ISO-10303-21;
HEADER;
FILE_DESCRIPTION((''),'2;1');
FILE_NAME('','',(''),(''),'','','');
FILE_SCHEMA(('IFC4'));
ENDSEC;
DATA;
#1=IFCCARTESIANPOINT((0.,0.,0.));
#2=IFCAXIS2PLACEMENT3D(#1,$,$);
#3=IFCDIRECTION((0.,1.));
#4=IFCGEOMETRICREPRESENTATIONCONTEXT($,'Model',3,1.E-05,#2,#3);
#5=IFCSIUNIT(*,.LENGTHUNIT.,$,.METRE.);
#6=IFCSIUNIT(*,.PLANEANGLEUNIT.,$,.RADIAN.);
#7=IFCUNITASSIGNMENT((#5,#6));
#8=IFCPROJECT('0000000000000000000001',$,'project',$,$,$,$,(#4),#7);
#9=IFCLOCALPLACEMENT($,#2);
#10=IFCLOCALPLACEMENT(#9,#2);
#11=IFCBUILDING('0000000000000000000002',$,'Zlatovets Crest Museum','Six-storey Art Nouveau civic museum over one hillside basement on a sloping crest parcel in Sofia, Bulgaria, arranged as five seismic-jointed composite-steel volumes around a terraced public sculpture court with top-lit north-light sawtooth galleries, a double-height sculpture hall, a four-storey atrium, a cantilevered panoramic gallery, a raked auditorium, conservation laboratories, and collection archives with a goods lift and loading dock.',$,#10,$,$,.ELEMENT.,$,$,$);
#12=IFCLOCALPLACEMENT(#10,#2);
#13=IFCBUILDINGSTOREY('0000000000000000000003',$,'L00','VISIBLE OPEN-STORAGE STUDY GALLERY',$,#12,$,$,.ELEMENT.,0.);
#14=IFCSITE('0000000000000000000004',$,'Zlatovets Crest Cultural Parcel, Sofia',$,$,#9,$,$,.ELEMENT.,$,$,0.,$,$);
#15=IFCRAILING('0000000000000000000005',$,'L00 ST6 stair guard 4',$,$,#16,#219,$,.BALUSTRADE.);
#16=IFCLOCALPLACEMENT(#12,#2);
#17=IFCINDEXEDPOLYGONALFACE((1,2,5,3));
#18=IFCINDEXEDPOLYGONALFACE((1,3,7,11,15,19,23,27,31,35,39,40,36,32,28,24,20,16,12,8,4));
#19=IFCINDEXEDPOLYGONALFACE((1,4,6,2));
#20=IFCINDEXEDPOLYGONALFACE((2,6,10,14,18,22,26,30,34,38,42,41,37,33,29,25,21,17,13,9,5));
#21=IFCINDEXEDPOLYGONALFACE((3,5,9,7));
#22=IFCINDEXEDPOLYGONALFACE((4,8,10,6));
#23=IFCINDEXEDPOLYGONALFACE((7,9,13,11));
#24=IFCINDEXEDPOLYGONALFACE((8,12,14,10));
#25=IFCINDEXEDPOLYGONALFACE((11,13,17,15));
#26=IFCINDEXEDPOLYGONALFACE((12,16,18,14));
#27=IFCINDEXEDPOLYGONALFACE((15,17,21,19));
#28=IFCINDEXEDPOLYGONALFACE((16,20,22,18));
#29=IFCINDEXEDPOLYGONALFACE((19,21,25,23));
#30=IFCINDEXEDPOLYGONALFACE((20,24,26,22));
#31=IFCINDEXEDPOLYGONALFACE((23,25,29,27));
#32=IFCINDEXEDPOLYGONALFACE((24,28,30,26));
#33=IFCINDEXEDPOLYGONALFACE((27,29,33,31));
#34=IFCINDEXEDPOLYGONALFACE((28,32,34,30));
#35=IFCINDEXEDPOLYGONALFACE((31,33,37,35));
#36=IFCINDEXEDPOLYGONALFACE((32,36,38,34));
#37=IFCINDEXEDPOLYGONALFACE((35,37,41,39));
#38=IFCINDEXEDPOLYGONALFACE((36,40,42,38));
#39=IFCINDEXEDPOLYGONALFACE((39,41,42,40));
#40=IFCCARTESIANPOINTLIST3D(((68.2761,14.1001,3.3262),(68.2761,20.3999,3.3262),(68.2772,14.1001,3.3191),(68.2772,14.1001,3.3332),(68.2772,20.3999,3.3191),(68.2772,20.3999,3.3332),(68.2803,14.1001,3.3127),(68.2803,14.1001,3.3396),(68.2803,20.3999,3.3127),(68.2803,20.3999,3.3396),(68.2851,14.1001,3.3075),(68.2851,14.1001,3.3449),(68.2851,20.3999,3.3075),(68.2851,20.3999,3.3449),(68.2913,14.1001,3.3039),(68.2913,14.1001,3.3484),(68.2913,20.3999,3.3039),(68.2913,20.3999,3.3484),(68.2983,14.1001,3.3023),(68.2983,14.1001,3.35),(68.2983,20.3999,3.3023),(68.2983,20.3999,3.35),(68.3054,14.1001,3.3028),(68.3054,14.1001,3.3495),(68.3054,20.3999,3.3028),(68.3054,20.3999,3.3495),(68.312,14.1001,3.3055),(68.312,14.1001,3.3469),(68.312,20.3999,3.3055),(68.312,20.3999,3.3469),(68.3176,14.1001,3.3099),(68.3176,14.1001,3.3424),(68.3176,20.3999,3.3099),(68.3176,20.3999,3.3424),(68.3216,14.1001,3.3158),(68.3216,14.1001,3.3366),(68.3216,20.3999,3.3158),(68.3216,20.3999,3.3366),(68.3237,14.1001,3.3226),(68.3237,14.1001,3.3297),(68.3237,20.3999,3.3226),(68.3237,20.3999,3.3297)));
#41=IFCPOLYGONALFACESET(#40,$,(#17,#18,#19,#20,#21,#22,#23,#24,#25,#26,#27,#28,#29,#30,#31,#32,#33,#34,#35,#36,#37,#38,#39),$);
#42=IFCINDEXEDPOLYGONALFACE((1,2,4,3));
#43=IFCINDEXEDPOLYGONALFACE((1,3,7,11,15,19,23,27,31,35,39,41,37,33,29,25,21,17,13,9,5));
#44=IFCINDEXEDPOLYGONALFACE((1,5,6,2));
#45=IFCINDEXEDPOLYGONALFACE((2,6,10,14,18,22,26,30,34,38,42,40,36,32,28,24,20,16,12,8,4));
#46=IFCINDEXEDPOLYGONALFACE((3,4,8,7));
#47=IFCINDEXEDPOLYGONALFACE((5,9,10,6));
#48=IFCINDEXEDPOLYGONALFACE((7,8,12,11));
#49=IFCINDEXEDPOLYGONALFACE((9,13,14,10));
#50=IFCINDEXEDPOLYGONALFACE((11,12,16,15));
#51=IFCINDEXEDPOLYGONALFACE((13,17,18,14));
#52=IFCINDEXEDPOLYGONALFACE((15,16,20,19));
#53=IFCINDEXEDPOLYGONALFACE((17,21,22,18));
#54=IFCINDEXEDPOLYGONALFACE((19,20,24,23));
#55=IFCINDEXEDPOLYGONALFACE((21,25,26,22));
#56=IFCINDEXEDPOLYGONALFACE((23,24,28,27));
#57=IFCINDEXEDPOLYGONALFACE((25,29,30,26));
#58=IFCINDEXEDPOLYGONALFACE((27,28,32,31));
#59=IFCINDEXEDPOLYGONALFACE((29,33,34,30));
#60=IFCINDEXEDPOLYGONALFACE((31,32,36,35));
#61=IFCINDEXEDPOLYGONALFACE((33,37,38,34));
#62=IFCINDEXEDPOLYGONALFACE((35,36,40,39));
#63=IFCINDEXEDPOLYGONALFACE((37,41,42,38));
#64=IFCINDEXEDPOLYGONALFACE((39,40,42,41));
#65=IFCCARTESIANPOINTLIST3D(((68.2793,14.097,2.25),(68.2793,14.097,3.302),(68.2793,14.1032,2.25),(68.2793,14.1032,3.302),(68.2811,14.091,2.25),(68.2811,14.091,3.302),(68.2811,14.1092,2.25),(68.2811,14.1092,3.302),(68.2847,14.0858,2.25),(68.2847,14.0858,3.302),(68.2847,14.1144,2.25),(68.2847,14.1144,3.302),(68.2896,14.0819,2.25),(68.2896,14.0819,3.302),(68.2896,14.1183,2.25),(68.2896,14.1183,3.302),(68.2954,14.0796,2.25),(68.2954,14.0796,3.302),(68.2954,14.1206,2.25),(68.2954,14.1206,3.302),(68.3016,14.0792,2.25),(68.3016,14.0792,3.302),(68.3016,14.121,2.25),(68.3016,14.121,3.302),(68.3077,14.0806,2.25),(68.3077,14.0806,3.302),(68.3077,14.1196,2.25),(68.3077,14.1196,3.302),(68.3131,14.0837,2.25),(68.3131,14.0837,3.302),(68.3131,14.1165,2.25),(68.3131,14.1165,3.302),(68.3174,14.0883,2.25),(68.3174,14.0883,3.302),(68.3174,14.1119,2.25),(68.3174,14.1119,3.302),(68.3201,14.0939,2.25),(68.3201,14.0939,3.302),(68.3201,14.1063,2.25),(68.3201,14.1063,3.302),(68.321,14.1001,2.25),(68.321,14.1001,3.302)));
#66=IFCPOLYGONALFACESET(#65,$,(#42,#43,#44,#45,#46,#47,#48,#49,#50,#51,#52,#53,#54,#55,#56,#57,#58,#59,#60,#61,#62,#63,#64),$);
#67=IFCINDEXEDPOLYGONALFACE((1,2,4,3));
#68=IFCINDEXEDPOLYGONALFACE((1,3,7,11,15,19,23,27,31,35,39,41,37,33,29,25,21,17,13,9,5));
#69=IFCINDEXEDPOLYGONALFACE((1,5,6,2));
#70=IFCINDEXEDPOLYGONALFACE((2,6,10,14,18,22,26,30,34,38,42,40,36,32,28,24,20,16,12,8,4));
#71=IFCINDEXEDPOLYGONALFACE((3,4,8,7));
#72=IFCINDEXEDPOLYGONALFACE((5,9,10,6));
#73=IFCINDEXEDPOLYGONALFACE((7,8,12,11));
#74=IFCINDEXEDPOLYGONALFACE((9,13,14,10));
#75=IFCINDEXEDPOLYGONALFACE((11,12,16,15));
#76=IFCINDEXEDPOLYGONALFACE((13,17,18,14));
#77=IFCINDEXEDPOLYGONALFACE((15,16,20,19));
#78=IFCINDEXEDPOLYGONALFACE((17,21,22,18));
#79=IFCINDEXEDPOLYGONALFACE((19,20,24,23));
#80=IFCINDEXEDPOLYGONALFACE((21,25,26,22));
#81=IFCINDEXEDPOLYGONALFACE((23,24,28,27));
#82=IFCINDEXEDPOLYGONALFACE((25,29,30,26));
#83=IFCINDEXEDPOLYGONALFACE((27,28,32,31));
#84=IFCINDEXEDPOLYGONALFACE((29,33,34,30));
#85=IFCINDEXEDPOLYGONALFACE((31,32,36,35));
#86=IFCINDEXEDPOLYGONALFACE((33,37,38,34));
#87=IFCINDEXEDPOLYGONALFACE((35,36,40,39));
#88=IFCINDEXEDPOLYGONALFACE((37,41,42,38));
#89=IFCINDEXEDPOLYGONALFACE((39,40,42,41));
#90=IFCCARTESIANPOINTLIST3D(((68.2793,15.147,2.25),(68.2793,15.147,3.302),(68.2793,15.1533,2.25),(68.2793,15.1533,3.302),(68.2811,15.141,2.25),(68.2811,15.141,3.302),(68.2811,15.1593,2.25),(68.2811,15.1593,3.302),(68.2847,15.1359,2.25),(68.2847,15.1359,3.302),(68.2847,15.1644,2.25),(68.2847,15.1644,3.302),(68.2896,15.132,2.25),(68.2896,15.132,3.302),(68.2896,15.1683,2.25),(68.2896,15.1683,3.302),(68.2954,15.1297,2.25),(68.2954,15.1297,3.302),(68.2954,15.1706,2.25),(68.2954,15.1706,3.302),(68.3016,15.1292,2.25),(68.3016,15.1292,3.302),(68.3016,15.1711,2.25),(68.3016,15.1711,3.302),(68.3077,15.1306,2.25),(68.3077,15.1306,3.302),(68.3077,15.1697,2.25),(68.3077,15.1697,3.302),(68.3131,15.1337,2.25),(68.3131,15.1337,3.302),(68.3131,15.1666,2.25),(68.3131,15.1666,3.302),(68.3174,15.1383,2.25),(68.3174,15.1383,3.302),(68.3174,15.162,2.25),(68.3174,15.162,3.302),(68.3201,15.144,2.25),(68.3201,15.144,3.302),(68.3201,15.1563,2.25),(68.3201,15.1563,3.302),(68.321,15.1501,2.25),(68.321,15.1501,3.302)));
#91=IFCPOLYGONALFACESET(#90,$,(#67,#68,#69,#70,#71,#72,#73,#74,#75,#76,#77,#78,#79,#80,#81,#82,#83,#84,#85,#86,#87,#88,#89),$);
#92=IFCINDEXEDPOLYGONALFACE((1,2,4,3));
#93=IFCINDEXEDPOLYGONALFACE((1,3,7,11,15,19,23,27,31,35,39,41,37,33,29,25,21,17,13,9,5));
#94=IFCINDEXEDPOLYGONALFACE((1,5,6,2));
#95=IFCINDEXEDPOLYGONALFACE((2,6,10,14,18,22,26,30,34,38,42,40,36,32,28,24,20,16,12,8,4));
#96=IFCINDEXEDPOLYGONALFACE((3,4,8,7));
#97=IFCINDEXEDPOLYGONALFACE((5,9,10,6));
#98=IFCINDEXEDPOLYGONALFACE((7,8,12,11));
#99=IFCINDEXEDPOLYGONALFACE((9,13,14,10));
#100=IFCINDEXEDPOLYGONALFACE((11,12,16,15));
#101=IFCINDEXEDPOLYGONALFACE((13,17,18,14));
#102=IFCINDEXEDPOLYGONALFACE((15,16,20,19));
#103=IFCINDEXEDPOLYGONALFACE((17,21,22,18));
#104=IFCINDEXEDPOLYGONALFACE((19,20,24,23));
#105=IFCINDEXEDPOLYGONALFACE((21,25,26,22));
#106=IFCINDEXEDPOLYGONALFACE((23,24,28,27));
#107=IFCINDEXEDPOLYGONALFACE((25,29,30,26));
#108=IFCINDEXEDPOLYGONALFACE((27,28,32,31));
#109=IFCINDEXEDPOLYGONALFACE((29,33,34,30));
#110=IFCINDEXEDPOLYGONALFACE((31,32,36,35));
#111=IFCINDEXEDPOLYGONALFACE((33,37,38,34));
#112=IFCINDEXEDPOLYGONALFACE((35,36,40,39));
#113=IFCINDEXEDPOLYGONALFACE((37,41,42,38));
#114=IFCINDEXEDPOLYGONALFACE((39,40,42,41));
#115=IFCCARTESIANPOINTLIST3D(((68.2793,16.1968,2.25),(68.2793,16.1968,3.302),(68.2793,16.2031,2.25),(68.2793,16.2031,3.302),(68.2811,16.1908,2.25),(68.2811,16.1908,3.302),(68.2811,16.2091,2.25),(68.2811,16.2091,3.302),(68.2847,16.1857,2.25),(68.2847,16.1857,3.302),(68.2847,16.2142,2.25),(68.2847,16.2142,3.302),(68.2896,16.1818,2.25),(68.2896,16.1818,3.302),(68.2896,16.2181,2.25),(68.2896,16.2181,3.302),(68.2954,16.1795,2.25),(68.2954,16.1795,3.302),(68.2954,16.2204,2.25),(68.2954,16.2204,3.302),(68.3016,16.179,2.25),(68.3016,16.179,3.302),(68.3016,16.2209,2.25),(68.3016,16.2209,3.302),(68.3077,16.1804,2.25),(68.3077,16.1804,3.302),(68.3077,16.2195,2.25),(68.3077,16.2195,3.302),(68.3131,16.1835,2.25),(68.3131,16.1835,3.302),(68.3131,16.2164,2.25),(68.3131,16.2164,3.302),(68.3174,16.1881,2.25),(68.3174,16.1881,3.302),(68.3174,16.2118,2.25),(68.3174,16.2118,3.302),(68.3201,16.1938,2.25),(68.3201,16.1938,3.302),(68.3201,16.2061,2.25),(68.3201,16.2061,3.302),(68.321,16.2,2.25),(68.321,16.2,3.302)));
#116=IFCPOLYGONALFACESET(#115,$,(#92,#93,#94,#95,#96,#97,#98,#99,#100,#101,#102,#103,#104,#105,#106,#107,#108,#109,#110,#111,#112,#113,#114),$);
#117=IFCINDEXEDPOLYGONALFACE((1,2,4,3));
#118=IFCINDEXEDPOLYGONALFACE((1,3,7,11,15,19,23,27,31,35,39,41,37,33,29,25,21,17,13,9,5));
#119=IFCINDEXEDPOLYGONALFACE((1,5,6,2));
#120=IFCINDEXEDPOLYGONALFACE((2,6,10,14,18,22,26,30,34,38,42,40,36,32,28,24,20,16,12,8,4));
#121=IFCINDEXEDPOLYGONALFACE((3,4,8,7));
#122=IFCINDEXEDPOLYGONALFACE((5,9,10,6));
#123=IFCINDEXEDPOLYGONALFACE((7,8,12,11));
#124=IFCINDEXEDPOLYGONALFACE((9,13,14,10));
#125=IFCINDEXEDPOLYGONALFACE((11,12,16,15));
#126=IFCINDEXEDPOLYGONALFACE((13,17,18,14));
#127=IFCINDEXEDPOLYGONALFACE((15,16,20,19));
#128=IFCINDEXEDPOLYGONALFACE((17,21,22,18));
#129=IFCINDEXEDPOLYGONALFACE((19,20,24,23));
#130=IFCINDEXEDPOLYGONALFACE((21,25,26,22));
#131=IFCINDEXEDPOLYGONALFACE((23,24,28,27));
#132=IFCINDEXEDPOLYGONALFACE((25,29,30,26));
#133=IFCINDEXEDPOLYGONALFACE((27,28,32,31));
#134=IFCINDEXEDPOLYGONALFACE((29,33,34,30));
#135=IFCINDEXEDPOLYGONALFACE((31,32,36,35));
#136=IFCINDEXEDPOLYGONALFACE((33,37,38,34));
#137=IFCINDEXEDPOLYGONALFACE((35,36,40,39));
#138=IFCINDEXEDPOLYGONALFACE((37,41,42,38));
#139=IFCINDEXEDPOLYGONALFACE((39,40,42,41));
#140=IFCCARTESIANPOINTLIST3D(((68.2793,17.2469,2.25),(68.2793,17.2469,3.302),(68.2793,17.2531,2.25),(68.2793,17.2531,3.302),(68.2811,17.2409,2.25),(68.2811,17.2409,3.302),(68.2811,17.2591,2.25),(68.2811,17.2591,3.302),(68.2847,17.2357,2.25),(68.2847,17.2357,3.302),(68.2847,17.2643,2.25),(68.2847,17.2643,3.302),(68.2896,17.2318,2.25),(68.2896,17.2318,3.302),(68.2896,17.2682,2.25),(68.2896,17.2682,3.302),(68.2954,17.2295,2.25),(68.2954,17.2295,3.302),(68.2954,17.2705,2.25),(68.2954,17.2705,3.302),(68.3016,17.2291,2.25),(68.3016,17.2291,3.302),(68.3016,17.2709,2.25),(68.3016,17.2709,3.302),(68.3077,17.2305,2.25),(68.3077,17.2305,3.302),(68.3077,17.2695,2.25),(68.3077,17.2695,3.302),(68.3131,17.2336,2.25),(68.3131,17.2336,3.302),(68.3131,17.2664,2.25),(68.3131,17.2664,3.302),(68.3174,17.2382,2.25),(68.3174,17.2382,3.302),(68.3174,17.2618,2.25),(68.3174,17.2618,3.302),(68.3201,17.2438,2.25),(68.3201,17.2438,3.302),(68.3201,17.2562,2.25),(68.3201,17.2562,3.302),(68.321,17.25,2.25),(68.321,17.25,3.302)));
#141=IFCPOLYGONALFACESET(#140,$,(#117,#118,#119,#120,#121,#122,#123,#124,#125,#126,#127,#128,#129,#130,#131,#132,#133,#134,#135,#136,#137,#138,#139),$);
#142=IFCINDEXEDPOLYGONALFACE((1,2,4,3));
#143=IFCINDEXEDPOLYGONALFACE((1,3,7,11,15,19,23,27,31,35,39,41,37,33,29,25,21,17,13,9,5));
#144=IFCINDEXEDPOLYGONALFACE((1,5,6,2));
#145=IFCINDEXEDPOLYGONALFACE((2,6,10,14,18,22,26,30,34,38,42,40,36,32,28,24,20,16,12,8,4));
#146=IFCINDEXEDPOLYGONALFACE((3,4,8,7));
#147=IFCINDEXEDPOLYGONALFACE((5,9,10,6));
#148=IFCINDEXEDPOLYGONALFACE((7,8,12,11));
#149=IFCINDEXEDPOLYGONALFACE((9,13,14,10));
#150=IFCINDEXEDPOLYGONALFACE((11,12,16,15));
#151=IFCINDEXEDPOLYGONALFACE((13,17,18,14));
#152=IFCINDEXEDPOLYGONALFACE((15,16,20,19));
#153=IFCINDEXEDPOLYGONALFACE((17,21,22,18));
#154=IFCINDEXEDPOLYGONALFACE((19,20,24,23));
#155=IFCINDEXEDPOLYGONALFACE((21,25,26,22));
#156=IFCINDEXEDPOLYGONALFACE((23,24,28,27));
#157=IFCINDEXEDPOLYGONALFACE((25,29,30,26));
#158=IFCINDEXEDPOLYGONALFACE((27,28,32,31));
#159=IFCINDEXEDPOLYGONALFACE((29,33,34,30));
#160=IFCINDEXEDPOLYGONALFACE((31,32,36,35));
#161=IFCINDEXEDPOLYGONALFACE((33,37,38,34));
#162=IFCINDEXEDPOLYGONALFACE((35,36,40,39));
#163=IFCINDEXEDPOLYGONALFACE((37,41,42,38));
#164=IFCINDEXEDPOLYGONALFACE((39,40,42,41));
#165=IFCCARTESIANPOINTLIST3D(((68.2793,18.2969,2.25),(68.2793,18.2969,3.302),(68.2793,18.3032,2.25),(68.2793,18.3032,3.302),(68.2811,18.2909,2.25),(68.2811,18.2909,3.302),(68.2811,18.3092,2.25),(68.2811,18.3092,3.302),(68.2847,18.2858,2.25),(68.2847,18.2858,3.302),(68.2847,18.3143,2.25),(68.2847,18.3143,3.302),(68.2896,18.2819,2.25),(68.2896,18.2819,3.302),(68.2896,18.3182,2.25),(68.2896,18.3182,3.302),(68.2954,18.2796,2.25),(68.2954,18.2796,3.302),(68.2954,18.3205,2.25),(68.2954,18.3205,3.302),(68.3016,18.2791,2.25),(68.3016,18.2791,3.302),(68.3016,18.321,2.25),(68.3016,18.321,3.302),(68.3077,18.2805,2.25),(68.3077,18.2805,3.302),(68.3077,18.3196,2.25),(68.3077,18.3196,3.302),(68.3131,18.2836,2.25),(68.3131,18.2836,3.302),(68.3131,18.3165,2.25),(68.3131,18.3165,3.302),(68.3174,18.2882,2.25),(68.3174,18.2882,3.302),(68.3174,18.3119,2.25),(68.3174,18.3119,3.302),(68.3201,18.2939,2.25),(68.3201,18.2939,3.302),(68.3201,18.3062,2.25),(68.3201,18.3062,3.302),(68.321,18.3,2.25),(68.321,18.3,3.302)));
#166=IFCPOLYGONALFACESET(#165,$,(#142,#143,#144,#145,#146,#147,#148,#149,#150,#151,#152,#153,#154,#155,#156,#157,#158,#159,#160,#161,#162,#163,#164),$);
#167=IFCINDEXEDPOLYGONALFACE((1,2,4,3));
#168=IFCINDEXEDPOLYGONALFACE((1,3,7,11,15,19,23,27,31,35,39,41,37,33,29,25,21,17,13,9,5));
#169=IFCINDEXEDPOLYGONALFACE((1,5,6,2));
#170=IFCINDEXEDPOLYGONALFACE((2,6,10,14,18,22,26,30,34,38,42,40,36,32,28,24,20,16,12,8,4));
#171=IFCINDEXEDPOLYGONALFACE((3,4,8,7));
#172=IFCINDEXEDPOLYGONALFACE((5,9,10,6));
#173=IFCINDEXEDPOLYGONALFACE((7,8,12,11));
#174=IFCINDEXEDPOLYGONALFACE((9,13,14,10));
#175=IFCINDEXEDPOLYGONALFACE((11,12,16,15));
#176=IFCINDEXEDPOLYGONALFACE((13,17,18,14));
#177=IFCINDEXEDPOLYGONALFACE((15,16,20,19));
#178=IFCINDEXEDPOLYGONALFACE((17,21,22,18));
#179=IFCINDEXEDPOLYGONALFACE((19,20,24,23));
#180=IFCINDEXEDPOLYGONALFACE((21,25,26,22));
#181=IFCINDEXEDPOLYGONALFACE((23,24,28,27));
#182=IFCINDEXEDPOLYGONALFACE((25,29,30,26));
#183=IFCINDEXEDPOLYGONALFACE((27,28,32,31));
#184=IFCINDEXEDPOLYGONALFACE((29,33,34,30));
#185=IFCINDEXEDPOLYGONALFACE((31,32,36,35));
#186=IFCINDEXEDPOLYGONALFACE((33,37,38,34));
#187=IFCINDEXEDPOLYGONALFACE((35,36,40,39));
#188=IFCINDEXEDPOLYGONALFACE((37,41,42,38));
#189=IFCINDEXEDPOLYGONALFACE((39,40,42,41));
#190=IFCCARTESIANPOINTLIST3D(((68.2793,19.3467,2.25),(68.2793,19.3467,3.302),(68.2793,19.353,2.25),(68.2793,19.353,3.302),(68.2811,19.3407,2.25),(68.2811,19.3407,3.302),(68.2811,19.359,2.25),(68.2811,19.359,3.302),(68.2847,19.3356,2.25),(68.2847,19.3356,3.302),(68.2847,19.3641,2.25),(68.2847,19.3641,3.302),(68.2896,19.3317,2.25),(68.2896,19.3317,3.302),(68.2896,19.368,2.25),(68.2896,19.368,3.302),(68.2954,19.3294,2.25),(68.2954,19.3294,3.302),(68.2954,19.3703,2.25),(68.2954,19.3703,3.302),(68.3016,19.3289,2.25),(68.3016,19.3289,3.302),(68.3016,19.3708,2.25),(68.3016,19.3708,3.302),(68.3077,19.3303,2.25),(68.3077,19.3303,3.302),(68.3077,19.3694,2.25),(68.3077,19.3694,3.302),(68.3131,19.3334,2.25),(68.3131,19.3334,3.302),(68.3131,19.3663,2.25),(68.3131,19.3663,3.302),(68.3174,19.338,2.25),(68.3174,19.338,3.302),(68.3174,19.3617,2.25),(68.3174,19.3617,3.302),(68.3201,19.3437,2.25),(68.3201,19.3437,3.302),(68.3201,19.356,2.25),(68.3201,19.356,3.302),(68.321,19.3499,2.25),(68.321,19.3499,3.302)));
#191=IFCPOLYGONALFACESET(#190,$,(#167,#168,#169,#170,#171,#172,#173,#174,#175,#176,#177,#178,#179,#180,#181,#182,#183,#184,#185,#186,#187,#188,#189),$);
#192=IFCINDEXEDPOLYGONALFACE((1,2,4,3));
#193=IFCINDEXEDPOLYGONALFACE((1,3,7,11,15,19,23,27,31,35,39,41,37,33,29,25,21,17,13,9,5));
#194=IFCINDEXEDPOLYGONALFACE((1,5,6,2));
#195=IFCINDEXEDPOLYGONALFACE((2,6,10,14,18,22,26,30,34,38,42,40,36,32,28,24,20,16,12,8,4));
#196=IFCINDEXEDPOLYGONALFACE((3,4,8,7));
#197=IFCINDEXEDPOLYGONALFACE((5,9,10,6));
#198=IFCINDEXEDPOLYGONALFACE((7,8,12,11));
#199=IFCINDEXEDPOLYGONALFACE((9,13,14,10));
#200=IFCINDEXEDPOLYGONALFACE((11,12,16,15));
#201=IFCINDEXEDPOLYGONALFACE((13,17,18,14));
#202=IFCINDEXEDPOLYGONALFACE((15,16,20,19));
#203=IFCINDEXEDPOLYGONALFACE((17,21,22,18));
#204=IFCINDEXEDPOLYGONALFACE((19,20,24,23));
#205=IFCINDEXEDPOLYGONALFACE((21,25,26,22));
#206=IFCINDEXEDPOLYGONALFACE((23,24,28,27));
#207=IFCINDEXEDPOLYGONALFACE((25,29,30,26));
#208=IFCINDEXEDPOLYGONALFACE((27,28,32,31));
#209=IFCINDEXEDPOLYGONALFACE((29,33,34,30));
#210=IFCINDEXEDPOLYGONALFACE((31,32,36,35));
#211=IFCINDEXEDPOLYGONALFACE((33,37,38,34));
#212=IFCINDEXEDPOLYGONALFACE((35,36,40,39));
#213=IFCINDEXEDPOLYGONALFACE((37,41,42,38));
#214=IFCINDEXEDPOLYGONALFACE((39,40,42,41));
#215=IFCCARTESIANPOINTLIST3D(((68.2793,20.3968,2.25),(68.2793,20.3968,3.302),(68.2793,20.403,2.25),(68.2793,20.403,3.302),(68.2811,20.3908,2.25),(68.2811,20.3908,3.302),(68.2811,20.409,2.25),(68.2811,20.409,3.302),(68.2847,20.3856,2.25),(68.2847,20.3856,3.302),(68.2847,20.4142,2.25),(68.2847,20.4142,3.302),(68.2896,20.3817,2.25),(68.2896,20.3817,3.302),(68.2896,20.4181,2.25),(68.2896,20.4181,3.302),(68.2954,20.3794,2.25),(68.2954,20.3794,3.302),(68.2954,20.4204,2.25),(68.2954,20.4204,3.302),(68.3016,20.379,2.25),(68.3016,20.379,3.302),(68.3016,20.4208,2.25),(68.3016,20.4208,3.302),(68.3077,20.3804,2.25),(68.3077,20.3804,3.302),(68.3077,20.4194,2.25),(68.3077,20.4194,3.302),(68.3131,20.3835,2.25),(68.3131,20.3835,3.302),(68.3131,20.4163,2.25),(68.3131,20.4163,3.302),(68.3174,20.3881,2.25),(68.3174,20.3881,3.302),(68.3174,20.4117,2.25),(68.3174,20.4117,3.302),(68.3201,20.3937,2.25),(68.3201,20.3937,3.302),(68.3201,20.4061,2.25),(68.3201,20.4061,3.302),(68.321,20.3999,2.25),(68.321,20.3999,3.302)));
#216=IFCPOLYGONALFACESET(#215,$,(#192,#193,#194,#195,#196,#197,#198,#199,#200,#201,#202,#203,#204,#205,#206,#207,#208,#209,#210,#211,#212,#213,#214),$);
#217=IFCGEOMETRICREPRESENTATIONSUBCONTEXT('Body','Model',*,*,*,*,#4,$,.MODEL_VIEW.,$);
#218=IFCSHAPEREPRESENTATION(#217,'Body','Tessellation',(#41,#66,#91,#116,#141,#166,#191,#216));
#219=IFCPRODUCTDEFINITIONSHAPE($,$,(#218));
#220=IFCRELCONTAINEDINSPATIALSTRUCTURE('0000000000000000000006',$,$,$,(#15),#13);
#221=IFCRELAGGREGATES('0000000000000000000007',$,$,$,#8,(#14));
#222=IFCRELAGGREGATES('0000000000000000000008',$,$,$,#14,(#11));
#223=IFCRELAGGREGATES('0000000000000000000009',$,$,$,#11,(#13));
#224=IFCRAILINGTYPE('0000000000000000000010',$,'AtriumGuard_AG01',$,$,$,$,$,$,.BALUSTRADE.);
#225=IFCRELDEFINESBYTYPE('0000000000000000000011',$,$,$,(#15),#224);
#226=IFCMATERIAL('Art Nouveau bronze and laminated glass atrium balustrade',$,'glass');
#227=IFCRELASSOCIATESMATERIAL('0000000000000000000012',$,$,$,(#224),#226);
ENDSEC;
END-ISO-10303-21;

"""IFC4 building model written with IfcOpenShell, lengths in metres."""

from ifc_helpers import new_model, si_unit, direction, frame, origin, origin_2d, place, context, subcontext, project, spatial, circle, extrude, material, type_object, element, save


model = new_model("IFC4")

# Units and contexts
model_context = context("Model", 3, precision=1e-05, world=origin(), true_north=direction((0.0, 1.0)))
body_context = subcontext(model_context, "Body", "Model", "MODEL_VIEW")
ifc_project = project(units=[si_unit("LENGTHUNIT", "METRE"), si_unit("PLANEANGLEUNIT", "RADIAN")], contexts=[model_context])

# Site, building, storey
site_placement = place(None, origin())
site = spatial("IfcSite", under=ifc_project, at=site_placement, Name="Zlatovets Crest Cultural Parcel, Sofia", CompositionType="ELEMENT", RefElevation=0.0)
building_placement = place(site_placement, origin())
building = spatial("IfcBuilding", under=site, at=building_placement, Name="Zlatovets Crest Museum", Description="Six-storey Art Nouveau civic museum over one hillside basement on a sloping crest parcel in Sofia, Bulgaria, arranged as five seismic-jointed composite-steel volumes around a terraced public sculpture court with top-lit north-light sawtooth galleries, a double-height sculpture hall, a four-storey atrium, a cantilevered panoramic gallery, a raked auditorium, conservation laboratories, and collection archives with a goods lift and loading dock.", CompositionType="ELEMENT")
storey_placement = place(building_placement, origin())
storey = spatial("IfcBuildingStorey", under=building, at=storey_placement, Name="L00", Description="VISIBLE OPEN-STORAGE STUDY GALLERY", CompositionType="ELEMENT", Elevation=0.0)

# Railing
ifc_material_1 = material(Name="Art Nouveau bronze and laminated glass atrium balustrade", Category="glass")
railing_type_1 = type_object("IfcRailingType", Name="AtriumGuard_AG01", PredefinedType="BALUSTRADE", material=ifc_material_1)
railing_1_placement = place(storey_placement, frame((68.3, 14.1001, 2.25)))
element("IfcRailing", 1, at=railing_1_placement, inside=storey, type_object=railing_type_1, Name="L00 ST6 stair guard 4", PredefinedType="BALUSTRADE", context=body_context, shape_type="SweptSolid", body=[
    extrude(circle(Radius=0.0239, at=origin_2d()), frame((0.0, 0.0, 1.0762), z_axis=(0.0, 1.0, 0.0), x_axis=(-1.0, 0.0, 0.0)), (0.0, 0.0, 1.0), 6.2998),
    extrude(circle(Radius=0.021, at=origin_2d()), origin(), (0.0, 0.0, 1.0), 1.052),
    extrude(circle(Radius=0.021, at=origin_2d()), frame((0.0, 1.05, 0.0)), (0.0, 0.0, 1.0), 1.052),
    extrude(circle(Radius=0.021, at=origin_2d()), frame((0.0, 2.0999, 0.0)), (0.0, 0.0, 1.0), 1.052),
    extrude(circle(Radius=0.021, at=origin_2d()), frame((0.0, 3.1499, 0.0)), (0.0, 0.0, 1.0), 1.052),
    extrude(circle(Radius=0.021, at=origin_2d()), frame((0.0, 4.2, 0.0)), (0.0, 0.0, 1.0), 1.052),
    extrude(circle(Radius=0.021, at=origin_2d()), frame((0.0, 5.2498, 0.0)), (0.0, 0.0, 1.0), 1.052),
    extrude(circle(Radius=0.021, at=origin_2d()), frame((0.0, 6.2998, 0.0)), (0.0, 0.0, 1.0), 1.052),
])

save(model, "model.ifc")
